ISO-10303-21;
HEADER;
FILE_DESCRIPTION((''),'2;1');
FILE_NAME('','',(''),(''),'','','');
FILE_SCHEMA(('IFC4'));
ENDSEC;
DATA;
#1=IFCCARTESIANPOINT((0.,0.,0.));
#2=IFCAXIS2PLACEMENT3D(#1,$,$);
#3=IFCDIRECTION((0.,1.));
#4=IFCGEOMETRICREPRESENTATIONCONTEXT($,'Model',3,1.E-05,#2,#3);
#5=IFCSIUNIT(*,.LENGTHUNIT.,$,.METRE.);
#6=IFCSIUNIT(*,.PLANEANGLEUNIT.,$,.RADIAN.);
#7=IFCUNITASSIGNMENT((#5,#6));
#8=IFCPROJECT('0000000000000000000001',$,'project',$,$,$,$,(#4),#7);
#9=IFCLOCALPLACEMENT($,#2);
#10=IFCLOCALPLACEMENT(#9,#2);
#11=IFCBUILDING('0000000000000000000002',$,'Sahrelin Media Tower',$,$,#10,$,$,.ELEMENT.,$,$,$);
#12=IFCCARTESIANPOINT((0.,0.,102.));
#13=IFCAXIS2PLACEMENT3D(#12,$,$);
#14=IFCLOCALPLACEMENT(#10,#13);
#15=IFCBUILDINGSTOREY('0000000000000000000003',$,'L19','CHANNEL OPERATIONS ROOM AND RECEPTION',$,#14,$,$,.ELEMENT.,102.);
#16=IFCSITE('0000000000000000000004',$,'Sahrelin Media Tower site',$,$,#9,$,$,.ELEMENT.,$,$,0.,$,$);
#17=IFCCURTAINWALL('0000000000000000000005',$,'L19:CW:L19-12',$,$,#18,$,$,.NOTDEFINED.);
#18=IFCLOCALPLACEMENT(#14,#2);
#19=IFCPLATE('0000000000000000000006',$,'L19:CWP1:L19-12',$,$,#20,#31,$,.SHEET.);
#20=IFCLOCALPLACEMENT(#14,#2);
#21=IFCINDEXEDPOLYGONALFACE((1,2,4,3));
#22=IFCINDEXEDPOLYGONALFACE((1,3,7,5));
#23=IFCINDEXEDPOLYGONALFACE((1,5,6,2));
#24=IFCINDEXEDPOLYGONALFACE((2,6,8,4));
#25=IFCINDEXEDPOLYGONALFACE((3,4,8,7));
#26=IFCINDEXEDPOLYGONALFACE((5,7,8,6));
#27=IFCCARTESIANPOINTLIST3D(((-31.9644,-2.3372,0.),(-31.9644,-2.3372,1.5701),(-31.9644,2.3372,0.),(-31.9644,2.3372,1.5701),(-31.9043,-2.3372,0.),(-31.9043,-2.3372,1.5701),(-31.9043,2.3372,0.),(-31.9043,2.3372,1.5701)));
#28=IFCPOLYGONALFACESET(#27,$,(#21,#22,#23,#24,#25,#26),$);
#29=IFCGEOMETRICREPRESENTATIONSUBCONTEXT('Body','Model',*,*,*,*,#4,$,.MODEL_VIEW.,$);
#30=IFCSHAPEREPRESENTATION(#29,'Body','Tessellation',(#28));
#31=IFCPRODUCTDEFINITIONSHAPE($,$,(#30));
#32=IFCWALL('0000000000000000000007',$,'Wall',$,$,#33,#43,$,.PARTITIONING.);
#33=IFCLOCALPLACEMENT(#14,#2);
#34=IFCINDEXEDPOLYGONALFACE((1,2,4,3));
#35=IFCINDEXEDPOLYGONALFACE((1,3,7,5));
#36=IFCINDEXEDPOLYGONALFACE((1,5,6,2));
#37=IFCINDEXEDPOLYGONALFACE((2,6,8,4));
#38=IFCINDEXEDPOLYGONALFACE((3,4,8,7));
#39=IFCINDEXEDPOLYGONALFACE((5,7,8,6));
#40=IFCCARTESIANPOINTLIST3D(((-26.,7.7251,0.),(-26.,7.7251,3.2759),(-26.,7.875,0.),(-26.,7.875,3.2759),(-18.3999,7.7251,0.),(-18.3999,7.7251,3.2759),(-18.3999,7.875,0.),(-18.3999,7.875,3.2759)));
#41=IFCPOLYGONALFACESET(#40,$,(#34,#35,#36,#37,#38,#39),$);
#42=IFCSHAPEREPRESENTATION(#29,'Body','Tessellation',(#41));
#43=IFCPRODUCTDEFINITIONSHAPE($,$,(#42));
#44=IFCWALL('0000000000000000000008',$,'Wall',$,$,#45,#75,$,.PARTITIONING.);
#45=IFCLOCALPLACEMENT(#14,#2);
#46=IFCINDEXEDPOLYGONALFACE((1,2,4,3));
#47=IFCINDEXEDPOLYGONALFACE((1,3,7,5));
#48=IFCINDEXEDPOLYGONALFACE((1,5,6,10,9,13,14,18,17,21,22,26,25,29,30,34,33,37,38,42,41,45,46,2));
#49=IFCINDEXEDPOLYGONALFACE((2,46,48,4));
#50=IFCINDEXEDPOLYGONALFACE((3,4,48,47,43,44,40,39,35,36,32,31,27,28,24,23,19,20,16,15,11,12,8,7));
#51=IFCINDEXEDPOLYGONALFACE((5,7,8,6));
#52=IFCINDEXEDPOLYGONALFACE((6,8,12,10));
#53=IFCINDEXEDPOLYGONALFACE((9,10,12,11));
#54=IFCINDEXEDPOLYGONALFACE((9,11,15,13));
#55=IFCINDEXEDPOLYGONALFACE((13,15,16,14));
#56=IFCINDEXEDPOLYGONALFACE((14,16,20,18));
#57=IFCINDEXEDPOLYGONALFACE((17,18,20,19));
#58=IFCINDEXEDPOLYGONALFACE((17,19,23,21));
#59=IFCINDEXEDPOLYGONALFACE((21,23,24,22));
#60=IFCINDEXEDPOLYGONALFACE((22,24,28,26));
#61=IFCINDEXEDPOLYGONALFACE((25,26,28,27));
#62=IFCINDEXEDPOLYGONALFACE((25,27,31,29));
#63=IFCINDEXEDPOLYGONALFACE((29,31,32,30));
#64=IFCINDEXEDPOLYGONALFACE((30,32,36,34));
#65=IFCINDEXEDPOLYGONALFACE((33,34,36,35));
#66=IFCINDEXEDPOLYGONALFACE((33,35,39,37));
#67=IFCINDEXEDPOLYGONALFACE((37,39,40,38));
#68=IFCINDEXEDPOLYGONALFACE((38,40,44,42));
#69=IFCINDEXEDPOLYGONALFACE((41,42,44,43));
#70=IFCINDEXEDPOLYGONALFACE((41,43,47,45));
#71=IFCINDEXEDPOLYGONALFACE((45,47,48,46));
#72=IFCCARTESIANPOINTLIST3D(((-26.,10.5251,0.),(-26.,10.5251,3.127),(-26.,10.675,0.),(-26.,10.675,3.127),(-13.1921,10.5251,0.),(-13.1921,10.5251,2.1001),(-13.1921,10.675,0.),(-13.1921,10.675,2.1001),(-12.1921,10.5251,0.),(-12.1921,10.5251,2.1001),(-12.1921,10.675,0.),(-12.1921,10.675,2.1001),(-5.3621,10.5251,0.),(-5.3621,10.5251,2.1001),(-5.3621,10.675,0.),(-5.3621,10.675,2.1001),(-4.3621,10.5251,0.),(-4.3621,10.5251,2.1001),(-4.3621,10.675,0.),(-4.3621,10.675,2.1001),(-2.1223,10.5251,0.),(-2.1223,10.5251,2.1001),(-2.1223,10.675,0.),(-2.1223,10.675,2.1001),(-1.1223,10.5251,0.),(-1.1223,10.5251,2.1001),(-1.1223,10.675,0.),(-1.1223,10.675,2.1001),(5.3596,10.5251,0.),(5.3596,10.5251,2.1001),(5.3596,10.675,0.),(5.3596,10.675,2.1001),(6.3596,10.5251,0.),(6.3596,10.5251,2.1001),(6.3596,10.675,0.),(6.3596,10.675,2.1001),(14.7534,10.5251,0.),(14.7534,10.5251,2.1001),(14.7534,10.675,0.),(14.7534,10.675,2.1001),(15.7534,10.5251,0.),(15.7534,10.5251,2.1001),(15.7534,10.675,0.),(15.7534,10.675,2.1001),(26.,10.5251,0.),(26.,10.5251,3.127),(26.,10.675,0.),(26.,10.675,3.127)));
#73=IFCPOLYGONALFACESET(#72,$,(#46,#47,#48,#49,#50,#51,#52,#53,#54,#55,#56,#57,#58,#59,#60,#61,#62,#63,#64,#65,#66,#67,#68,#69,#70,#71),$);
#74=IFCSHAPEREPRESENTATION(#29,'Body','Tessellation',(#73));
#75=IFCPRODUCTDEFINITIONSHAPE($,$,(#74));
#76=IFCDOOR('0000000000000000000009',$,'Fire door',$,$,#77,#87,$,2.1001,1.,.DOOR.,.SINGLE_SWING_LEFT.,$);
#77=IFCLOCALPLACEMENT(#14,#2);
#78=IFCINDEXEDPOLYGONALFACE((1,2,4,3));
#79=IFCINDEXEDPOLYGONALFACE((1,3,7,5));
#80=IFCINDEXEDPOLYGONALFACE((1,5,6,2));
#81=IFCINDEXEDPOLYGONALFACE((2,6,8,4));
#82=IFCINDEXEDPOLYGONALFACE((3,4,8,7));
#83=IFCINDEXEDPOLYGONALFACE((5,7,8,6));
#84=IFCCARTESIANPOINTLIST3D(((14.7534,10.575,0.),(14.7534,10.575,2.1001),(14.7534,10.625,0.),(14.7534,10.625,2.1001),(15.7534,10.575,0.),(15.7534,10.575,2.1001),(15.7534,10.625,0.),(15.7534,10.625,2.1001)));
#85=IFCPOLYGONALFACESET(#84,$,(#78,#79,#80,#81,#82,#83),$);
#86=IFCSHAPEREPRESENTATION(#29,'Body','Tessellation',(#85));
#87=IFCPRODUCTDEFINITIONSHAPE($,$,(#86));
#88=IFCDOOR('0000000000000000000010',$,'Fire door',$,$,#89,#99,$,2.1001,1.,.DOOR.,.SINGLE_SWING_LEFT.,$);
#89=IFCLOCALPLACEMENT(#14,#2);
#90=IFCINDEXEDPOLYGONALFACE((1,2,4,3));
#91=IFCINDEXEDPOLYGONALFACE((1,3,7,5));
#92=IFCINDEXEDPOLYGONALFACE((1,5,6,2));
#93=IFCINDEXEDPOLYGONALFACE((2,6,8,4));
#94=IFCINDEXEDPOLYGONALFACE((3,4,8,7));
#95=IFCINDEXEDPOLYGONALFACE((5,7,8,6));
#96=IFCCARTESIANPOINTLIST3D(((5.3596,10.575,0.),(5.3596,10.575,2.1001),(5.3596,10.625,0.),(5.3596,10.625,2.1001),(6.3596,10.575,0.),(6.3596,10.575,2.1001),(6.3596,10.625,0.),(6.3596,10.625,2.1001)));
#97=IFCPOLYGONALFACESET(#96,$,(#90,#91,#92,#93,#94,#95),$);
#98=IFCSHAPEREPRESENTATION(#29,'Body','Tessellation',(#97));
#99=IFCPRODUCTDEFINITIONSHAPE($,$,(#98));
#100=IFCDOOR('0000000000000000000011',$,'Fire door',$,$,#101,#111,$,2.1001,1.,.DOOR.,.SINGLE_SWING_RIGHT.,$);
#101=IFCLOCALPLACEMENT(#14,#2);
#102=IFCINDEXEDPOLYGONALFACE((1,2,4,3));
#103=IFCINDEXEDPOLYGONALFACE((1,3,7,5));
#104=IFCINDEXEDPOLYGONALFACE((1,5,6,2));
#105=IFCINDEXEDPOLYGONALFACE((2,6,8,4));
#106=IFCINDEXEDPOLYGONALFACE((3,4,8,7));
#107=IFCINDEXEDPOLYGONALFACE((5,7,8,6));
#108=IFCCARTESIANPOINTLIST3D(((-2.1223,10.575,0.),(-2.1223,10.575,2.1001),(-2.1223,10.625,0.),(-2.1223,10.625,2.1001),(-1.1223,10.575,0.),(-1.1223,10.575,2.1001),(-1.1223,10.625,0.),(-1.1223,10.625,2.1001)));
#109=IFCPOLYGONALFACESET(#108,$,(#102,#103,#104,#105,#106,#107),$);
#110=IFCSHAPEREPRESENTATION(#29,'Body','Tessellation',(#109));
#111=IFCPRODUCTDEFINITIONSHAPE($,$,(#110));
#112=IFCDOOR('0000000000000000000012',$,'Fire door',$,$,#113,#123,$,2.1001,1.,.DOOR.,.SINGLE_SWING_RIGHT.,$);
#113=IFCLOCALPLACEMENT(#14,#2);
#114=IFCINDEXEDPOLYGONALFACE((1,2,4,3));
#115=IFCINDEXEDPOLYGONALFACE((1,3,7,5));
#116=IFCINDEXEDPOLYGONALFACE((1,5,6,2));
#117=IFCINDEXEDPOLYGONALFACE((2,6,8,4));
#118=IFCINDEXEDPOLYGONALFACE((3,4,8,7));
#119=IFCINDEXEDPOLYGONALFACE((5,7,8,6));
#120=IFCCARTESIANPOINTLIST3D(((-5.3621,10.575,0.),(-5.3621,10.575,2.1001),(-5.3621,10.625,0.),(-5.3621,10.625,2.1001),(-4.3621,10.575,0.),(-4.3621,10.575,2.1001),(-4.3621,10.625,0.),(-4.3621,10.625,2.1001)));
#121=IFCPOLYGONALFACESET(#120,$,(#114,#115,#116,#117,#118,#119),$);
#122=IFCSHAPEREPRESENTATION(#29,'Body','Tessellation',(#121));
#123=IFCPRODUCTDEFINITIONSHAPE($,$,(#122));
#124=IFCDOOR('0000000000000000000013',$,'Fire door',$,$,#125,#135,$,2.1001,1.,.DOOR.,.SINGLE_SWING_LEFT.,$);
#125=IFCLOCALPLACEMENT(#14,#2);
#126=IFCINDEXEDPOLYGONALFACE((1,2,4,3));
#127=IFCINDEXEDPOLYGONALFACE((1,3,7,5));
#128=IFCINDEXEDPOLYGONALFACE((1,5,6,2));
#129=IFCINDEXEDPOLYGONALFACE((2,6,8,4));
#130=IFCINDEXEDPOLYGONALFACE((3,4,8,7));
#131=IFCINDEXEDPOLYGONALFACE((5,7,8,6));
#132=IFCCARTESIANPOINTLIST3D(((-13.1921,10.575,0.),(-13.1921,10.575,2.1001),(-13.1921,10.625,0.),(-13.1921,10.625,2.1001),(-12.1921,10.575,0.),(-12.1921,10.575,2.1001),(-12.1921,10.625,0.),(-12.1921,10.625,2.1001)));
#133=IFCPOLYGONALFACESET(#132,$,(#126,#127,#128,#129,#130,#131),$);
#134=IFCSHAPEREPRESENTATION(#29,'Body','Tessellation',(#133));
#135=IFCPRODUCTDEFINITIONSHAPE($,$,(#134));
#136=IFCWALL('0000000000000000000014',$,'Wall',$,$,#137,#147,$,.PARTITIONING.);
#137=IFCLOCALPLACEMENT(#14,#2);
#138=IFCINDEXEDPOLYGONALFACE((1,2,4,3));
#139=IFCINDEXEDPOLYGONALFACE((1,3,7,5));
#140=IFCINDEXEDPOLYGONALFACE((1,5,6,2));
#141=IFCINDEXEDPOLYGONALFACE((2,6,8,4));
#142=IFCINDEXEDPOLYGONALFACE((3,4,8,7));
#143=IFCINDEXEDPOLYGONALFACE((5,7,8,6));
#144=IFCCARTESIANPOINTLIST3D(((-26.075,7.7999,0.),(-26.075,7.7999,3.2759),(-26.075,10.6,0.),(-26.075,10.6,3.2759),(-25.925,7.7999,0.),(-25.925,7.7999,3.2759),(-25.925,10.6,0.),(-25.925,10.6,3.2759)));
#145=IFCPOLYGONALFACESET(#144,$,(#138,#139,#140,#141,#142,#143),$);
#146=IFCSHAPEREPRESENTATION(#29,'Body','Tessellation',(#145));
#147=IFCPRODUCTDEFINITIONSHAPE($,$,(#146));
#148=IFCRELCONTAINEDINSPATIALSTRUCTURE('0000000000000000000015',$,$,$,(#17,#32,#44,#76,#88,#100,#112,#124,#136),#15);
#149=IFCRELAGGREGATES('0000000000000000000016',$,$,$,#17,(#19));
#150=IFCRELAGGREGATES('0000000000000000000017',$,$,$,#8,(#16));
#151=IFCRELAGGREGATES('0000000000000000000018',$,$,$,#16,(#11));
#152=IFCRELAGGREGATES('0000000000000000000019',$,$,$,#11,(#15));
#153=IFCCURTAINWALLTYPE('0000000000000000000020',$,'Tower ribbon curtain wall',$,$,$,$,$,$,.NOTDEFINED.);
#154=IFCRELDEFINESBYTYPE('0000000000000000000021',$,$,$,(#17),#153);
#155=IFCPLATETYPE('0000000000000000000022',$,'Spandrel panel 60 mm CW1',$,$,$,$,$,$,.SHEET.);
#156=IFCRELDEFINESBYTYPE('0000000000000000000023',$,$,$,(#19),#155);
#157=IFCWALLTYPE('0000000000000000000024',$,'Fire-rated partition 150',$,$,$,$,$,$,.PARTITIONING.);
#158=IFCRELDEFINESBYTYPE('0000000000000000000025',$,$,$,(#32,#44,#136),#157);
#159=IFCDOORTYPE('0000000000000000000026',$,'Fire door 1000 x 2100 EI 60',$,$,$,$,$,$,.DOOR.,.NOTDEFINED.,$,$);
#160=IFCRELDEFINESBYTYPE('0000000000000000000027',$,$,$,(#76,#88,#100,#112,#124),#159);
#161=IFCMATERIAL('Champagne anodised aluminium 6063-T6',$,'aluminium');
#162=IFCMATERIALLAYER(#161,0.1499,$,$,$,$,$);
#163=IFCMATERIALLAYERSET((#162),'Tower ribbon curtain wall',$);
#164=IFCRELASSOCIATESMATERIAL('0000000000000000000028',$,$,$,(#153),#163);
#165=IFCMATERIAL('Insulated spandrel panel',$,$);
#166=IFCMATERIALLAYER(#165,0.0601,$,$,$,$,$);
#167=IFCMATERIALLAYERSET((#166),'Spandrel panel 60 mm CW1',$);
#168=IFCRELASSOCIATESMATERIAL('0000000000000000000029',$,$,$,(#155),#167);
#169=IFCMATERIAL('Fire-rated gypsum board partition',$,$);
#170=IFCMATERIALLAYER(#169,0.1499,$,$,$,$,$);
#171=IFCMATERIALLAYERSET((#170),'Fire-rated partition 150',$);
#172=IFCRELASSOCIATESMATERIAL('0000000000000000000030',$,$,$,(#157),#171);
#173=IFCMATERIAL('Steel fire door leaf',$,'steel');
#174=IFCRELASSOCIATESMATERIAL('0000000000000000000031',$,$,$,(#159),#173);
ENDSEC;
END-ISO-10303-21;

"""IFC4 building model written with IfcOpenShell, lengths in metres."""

from ifc_helpers import new_model, si_unit, direction, frame, frame_2d, origin, place, context, subcontext, project, spatial, polyline, rectangle, outline, extrude, material, layer, layer_set, type_object, element, fill, aggregate, save


model = new_model("IFC4")

# Units and contexts
model_context = context("Model", 3, precision=1e-05, world=origin(), true_north=direction((0.0, 1.0)))
body_context = subcontext(model_context, "Body", "Model", "MODEL_VIEW")
ifc_project = project(units=[si_unit("LENGTHUNIT", "METRE"), si_unit("PLANEANGLEUNIT", "RADIAN")], contexts=[model_context])

# Site, building, storey
site_placement = place(None, origin())
site = spatial("IfcSite", under=ifc_project, at=site_placement, Name="Sahrelin Media Tower site", CompositionType="ELEMENT", RefElevation=0.0)
building_placement = place(site_placement, origin())
building = spatial("IfcBuilding", under=site, at=building_placement, Name="Sahrelin Media Tower", CompositionType="ELEMENT")
storey_placement = place(building_placement, frame((0.0, 0.0, 102.0)))
storey = spatial("IfcBuildingStorey", under=building, at=storey_placement, Name="L19", Description="CHANNEL OPERATIONS ROOM AND RECEPTION", CompositionType="ELEMENT", Elevation=102.0)

# Shared definitions
ifc_material_1 = material(Name="Champagne anodised aluminium 6063-T6", Category="aluminium")
ifc_layer_1 = layer(ifc_material_1, 0.1499)
ifc_layer_set_1 = layer_set([ifc_layer_1], Name="Tower ribbon curtain wall")
curtain_wall_type = type_object("IfcCurtainWallType", Name="Tower ribbon curtain wall", PredefinedType="NOTDEFINED", material=ifc_layer_set_1)

# Curtain wall
curtain_wall_1_placement = place(storey_placement, frame((-31.9443, 0.0, 0.0), z_axis=(0.0, 0.0, 1.0), x_axis=(1.0, 0.0, 0.0)))
curtain_wall_1 = element("IfcCurtainWall", 1, at=curtain_wall_1_placement, inside=storey, type_object=curtain_wall_type, Name="L19:CW:L19-12", PredefinedType="NOTDEFINED")

# Plate
ifc_material_2 = material(Name="Insulated spandrel panel")
ifc_layer_2 = layer(ifc_material_2, 0.0601)
ifc_layer_set_2 = layer_set([ifc_layer_2], Name="Spandrel panel 60 mm CW1")
plate_type_1 = type_object("IfcPlateType", Name="Spandrel panel 60 mm CW1", PredefinedType="SHEET", material=ifc_layer_set_2)
plate_1_placement = place(storey_placement, frame((-31.9644, 2.3372, 0.0), z_axis=(-1.0, 0.0, 0.0), x_axis=(0.0, -1.0, 0.0)))
plate_1 = element("IfcPlate", 2, at=plate_1_placement, type_object=plate_type_1, Name="L19:CWP1:L19-12", PredefinedType="SHEET", context=body_context, shape_type="SweptSolid", body=[
    extrude(outline(polyline([(0.0, 0.0), (4.6743, 0.0), (4.6743, 1.5701), (0.0, 1.5701), (0.0, 0.0)])), origin(), (0.0, 0.0, -1.0), 0.0601),
])
aggregate(curtain_wall_1, [plate_1])

# Wall
ifc_material_3 = material(Name="Fire-rated gypsum board partition")
ifc_layer_3 = layer(ifc_material_3, 0.1499)
ifc_layer_set_3 = layer_set([ifc_layer_3], Name="Fire-rated partition 150")
wall_type = type_object("IfcWallType", Name="Fire-rated partition 150", PredefinedType="PARTITIONING", material=ifc_layer_set_3)
wall_1_placement = place(storey_placement, frame((-26.0, 7.8, 0.0), z_axis=(0.0, 0.0, 1.0), x_axis=(1.0, 0.0, 0.0)))
element("IfcWall", 3, at=wall_1_placement, inside=storey, type_object=wall_type, Name="Wall", PredefinedType="PARTITIONING", context=body_context, shape_type="SweptSolid", body=[
    extrude(rectangle(XDim=7.6001, YDim=0.1499, at=frame_2d((3.8, 0.0))), origin(), (0.0, 0.0, 1.0), 3.2759),
])

# Wall, openings, doors
wall_2_placement = place(storey_placement, frame((-26.0, 10.6001, 0.0), z_axis=(0.0, 0.0, 1.0), x_axis=(1.0, 0.0, 0.0)))
wall_2 = element("IfcWall", 4, at=wall_2_placement, inside=storey, type_object=wall_type, Name="Wall", PredefinedType="PARTITIONING", context=body_context, shape_type="SweptSolid", body=[
    extrude(rectangle(XDim=52.0, YDim=0.1499, at=frame_2d((26.0, 0.0))), origin(), (0.0, 0.0, 1.0), 3.127),
])
opening_1_placement = place(wall_2_placement, frame((40.7534, 0.0, 0.0)))
opening_1 = element("IfcOpeningElement", 5, at=opening_1_placement, cuts=wall_2, PredefinedType="OPENING", context=body_context, shape_type="SweptSolid", body=[
    extrude(rectangle(XDim=1.0, YDim=2.1001, at=frame_2d((0.5, 1.05))), frame((0.0, 0.075, 0.0), z_axis=(0.0, -1.0, 0.0), x_axis=(1.0, 0.0, 0.0)), (0.0, 0.0, 1.0), 0.1499),
])
opening_2_placement = place(wall_2_placement, frame((31.3596, 0.0, 0.0)))
opening_2 = element("IfcOpeningElement", 6, at=opening_2_placement, cuts=wall_2, PredefinedType="OPENING", context=body_context, shape_type="SweptSolid", body=[
    extrude(rectangle(XDim=1.0, YDim=2.1001, at=frame_2d((0.5, 1.05))), frame((0.0, 0.075, 0.0), z_axis=(0.0, -1.0, 0.0), x_axis=(1.0, 0.0, 0.0)), (0.0, 0.0, 1.0), 0.1499),
])
opening_3_placement = place(wall_2_placement, frame((23.8777, 0.0, 0.0)))
opening_3 = element("IfcOpeningElement", 7, at=opening_3_placement, cuts=wall_2, PredefinedType="OPENING", context=body_context, shape_type="SweptSolid", body=[
    extrude(rectangle(XDim=1.0, YDim=2.1001, at=frame_2d((0.5, 1.05))), frame((0.0, 0.075, 0.0), z_axis=(0.0, -1.0, 0.0), x_axis=(1.0, 0.0, 0.0)), (0.0, 0.0, 1.0), 0.1499),
])
opening_4_placement = place(wall_2_placement, frame((20.6379, 0.0, 0.0)))
opening_4 = element("IfcOpeningElement", 8, at=opening_4_placement, cuts=wall_2, PredefinedType="OPENING", context=body_context, shape_type="SweptSolid", body=[
    extrude(rectangle(XDim=1.0, YDim=2.1001, at=frame_2d((0.5, 1.05))), frame((0.0, 0.075, 0.0), z_axis=(0.0, -1.0, 0.0), x_axis=(1.0, 0.0, 0.0)), (0.0, 0.0, 1.0), 0.1499),
])
opening_5_placement = place(wall_2_placement, frame((12.8079, 0.0, 0.0)))
opening_5 = element("IfcOpeningElement", 9, at=opening_5_placement, cuts=wall_2, PredefinedType="OPENING", context=body_context, shape_type="SweptSolid", body=[
    extrude(rectangle(XDim=1.0, YDim=2.1001, at=frame_2d((0.5, 1.05))), frame((0.0, 0.075, 0.0), z_axis=(0.0, -1.0, 0.0), x_axis=(1.0, 0.0, 0.0)), (0.0, 0.0, 1.0), 0.1499),
])
ifc_material_4 = material(Name="Steel fire door leaf", Category="steel")
door_type = type_object("IfcDoorType", Name="Fire door 1000 x 2100 EI 60", OperationType="NOTDEFINED", PredefinedType="DOOR", material=ifc_material_4)
door_1_placement = place(opening_1_placement, origin())
door_1 = element("IfcDoor", 10, at=door_1_placement, inside=storey, type_object=door_type, Name="Fire door", OperationType="SINGLE_SWING_LEFT", OverallHeight=2.1001, OverallWidth=1.0, PredefinedType="DOOR", context=body_context, shape_type="SweptSolid", body=[
    extrude(rectangle(XDim=1.0, YDim=2.1001, at=frame_2d((0.5, 1.05))), frame((0.0, 0.0249, 0.0), z_axis=(0.0, -1.0, 0.0), x_axis=(1.0, 0.0, 0.0)), (0.0, 0.0, 1.0), 0.05),
])
fill(opening_1, door_1)
door_2_placement = place(opening_2_placement, origin())
door_2 = element("IfcDoor", 11, at=door_2_placement, inside=storey, type_object=door_type, Name="Fire door", OperationType="SINGLE_SWING_LEFT", OverallHeight=2.1001, OverallWidth=1.0, PredefinedType="DOOR", context=body_context, shape_type="SweptSolid", body=[
    extrude(rectangle(XDim=1.0, YDim=2.1001, at=frame_2d((0.5, 1.05))), frame((0.0, 0.0249, 0.0), z_axis=(0.0, -1.0, 0.0), x_axis=(1.0, 0.0, 0.0)), (0.0, 0.0, 1.0), 0.05),
])
fill(opening_2, door_2)
door_3_placement = place(opening_3_placement, origin())
door_3 = element("IfcDoor", 12, at=door_3_placement, inside=storey, type_object=door_type, Name="Fire door", OperationType="SINGLE_SWING_RIGHT", OverallHeight=2.1001, OverallWidth=1.0, PredefinedType="DOOR", context=body_context, shape_type="SweptSolid", body=[
    extrude(rectangle(XDim=1.0, YDim=2.1001, at=frame_2d((0.5, 1.05))), frame((0.0, 0.0249, 0.0), z_axis=(0.0, -1.0, 0.0), x_axis=(1.0, 0.0, 0.0)), (0.0, 0.0, 1.0), 0.05),
])
fill(opening_3, door_3)
door_4_placement = place(opening_4_placement, origin())
door_4 = element("IfcDoor", 13, at=door_4_placement, inside=storey, type_object=door_type, Name="Fire door", OperationType="SINGLE_SWING_RIGHT", OverallHeight=2.1001, OverallWidth=1.0, PredefinedType="DOOR", context=body_context, shape_type="SweptSolid", body=[
    extrude(rectangle(XDim=1.0, YDim=2.1001, at=frame_2d((0.5, 1.05))), frame((0.0, 0.0249, 0.0), z_axis=(0.0, -1.0, 0.0), x_axis=(1.0, 0.0, 0.0)), (0.0, 0.0, 1.0), 0.05),
])
fill(opening_4, door_4)
door_5_placement = place(opening_5_placement, origin())
door_5 = element("IfcDoor", 14, at=door_5_placement, inside=storey, type_object=door_type, Name="Fire door", OperationType="SINGLE_SWING_LEFT", OverallHeight=2.1001, OverallWidth=1.0, PredefinedType="DOOR", context=body_context, shape_type="SweptSolid", body=[
    extrude(rectangle(XDim=1.0, YDim=2.1001, at=frame_2d((0.5, 1.05))), frame((0.0, 0.0249, 0.0), z_axis=(0.0, -1.0, 0.0), x_axis=(1.0, 0.0, 0.0)), (0.0, 0.0, 1.0), 0.05),
])
fill(opening_5, door_5)

# Wall
wall_3_placement = place(storey_placement, frame((-26.0, 7.8, 0.0), z_axis=(0.0, 0.0, 1.0), x_axis=(0.0, 1.0, 0.0)))
element("IfcWall", 15, at=wall_3_placement, inside=storey, type_object=wall_type, Name="Wall", PredefinedType="PARTITIONING", context=body_context, shape_type="SweptSolid", body=[
    extrude(rectangle(XDim=2.8, YDim=0.1499, at=frame_2d((1.3999, 0.0))), origin(), (0.0, 0.0, 1.0), 3.2759),
])

save(model, "model.ifc")
